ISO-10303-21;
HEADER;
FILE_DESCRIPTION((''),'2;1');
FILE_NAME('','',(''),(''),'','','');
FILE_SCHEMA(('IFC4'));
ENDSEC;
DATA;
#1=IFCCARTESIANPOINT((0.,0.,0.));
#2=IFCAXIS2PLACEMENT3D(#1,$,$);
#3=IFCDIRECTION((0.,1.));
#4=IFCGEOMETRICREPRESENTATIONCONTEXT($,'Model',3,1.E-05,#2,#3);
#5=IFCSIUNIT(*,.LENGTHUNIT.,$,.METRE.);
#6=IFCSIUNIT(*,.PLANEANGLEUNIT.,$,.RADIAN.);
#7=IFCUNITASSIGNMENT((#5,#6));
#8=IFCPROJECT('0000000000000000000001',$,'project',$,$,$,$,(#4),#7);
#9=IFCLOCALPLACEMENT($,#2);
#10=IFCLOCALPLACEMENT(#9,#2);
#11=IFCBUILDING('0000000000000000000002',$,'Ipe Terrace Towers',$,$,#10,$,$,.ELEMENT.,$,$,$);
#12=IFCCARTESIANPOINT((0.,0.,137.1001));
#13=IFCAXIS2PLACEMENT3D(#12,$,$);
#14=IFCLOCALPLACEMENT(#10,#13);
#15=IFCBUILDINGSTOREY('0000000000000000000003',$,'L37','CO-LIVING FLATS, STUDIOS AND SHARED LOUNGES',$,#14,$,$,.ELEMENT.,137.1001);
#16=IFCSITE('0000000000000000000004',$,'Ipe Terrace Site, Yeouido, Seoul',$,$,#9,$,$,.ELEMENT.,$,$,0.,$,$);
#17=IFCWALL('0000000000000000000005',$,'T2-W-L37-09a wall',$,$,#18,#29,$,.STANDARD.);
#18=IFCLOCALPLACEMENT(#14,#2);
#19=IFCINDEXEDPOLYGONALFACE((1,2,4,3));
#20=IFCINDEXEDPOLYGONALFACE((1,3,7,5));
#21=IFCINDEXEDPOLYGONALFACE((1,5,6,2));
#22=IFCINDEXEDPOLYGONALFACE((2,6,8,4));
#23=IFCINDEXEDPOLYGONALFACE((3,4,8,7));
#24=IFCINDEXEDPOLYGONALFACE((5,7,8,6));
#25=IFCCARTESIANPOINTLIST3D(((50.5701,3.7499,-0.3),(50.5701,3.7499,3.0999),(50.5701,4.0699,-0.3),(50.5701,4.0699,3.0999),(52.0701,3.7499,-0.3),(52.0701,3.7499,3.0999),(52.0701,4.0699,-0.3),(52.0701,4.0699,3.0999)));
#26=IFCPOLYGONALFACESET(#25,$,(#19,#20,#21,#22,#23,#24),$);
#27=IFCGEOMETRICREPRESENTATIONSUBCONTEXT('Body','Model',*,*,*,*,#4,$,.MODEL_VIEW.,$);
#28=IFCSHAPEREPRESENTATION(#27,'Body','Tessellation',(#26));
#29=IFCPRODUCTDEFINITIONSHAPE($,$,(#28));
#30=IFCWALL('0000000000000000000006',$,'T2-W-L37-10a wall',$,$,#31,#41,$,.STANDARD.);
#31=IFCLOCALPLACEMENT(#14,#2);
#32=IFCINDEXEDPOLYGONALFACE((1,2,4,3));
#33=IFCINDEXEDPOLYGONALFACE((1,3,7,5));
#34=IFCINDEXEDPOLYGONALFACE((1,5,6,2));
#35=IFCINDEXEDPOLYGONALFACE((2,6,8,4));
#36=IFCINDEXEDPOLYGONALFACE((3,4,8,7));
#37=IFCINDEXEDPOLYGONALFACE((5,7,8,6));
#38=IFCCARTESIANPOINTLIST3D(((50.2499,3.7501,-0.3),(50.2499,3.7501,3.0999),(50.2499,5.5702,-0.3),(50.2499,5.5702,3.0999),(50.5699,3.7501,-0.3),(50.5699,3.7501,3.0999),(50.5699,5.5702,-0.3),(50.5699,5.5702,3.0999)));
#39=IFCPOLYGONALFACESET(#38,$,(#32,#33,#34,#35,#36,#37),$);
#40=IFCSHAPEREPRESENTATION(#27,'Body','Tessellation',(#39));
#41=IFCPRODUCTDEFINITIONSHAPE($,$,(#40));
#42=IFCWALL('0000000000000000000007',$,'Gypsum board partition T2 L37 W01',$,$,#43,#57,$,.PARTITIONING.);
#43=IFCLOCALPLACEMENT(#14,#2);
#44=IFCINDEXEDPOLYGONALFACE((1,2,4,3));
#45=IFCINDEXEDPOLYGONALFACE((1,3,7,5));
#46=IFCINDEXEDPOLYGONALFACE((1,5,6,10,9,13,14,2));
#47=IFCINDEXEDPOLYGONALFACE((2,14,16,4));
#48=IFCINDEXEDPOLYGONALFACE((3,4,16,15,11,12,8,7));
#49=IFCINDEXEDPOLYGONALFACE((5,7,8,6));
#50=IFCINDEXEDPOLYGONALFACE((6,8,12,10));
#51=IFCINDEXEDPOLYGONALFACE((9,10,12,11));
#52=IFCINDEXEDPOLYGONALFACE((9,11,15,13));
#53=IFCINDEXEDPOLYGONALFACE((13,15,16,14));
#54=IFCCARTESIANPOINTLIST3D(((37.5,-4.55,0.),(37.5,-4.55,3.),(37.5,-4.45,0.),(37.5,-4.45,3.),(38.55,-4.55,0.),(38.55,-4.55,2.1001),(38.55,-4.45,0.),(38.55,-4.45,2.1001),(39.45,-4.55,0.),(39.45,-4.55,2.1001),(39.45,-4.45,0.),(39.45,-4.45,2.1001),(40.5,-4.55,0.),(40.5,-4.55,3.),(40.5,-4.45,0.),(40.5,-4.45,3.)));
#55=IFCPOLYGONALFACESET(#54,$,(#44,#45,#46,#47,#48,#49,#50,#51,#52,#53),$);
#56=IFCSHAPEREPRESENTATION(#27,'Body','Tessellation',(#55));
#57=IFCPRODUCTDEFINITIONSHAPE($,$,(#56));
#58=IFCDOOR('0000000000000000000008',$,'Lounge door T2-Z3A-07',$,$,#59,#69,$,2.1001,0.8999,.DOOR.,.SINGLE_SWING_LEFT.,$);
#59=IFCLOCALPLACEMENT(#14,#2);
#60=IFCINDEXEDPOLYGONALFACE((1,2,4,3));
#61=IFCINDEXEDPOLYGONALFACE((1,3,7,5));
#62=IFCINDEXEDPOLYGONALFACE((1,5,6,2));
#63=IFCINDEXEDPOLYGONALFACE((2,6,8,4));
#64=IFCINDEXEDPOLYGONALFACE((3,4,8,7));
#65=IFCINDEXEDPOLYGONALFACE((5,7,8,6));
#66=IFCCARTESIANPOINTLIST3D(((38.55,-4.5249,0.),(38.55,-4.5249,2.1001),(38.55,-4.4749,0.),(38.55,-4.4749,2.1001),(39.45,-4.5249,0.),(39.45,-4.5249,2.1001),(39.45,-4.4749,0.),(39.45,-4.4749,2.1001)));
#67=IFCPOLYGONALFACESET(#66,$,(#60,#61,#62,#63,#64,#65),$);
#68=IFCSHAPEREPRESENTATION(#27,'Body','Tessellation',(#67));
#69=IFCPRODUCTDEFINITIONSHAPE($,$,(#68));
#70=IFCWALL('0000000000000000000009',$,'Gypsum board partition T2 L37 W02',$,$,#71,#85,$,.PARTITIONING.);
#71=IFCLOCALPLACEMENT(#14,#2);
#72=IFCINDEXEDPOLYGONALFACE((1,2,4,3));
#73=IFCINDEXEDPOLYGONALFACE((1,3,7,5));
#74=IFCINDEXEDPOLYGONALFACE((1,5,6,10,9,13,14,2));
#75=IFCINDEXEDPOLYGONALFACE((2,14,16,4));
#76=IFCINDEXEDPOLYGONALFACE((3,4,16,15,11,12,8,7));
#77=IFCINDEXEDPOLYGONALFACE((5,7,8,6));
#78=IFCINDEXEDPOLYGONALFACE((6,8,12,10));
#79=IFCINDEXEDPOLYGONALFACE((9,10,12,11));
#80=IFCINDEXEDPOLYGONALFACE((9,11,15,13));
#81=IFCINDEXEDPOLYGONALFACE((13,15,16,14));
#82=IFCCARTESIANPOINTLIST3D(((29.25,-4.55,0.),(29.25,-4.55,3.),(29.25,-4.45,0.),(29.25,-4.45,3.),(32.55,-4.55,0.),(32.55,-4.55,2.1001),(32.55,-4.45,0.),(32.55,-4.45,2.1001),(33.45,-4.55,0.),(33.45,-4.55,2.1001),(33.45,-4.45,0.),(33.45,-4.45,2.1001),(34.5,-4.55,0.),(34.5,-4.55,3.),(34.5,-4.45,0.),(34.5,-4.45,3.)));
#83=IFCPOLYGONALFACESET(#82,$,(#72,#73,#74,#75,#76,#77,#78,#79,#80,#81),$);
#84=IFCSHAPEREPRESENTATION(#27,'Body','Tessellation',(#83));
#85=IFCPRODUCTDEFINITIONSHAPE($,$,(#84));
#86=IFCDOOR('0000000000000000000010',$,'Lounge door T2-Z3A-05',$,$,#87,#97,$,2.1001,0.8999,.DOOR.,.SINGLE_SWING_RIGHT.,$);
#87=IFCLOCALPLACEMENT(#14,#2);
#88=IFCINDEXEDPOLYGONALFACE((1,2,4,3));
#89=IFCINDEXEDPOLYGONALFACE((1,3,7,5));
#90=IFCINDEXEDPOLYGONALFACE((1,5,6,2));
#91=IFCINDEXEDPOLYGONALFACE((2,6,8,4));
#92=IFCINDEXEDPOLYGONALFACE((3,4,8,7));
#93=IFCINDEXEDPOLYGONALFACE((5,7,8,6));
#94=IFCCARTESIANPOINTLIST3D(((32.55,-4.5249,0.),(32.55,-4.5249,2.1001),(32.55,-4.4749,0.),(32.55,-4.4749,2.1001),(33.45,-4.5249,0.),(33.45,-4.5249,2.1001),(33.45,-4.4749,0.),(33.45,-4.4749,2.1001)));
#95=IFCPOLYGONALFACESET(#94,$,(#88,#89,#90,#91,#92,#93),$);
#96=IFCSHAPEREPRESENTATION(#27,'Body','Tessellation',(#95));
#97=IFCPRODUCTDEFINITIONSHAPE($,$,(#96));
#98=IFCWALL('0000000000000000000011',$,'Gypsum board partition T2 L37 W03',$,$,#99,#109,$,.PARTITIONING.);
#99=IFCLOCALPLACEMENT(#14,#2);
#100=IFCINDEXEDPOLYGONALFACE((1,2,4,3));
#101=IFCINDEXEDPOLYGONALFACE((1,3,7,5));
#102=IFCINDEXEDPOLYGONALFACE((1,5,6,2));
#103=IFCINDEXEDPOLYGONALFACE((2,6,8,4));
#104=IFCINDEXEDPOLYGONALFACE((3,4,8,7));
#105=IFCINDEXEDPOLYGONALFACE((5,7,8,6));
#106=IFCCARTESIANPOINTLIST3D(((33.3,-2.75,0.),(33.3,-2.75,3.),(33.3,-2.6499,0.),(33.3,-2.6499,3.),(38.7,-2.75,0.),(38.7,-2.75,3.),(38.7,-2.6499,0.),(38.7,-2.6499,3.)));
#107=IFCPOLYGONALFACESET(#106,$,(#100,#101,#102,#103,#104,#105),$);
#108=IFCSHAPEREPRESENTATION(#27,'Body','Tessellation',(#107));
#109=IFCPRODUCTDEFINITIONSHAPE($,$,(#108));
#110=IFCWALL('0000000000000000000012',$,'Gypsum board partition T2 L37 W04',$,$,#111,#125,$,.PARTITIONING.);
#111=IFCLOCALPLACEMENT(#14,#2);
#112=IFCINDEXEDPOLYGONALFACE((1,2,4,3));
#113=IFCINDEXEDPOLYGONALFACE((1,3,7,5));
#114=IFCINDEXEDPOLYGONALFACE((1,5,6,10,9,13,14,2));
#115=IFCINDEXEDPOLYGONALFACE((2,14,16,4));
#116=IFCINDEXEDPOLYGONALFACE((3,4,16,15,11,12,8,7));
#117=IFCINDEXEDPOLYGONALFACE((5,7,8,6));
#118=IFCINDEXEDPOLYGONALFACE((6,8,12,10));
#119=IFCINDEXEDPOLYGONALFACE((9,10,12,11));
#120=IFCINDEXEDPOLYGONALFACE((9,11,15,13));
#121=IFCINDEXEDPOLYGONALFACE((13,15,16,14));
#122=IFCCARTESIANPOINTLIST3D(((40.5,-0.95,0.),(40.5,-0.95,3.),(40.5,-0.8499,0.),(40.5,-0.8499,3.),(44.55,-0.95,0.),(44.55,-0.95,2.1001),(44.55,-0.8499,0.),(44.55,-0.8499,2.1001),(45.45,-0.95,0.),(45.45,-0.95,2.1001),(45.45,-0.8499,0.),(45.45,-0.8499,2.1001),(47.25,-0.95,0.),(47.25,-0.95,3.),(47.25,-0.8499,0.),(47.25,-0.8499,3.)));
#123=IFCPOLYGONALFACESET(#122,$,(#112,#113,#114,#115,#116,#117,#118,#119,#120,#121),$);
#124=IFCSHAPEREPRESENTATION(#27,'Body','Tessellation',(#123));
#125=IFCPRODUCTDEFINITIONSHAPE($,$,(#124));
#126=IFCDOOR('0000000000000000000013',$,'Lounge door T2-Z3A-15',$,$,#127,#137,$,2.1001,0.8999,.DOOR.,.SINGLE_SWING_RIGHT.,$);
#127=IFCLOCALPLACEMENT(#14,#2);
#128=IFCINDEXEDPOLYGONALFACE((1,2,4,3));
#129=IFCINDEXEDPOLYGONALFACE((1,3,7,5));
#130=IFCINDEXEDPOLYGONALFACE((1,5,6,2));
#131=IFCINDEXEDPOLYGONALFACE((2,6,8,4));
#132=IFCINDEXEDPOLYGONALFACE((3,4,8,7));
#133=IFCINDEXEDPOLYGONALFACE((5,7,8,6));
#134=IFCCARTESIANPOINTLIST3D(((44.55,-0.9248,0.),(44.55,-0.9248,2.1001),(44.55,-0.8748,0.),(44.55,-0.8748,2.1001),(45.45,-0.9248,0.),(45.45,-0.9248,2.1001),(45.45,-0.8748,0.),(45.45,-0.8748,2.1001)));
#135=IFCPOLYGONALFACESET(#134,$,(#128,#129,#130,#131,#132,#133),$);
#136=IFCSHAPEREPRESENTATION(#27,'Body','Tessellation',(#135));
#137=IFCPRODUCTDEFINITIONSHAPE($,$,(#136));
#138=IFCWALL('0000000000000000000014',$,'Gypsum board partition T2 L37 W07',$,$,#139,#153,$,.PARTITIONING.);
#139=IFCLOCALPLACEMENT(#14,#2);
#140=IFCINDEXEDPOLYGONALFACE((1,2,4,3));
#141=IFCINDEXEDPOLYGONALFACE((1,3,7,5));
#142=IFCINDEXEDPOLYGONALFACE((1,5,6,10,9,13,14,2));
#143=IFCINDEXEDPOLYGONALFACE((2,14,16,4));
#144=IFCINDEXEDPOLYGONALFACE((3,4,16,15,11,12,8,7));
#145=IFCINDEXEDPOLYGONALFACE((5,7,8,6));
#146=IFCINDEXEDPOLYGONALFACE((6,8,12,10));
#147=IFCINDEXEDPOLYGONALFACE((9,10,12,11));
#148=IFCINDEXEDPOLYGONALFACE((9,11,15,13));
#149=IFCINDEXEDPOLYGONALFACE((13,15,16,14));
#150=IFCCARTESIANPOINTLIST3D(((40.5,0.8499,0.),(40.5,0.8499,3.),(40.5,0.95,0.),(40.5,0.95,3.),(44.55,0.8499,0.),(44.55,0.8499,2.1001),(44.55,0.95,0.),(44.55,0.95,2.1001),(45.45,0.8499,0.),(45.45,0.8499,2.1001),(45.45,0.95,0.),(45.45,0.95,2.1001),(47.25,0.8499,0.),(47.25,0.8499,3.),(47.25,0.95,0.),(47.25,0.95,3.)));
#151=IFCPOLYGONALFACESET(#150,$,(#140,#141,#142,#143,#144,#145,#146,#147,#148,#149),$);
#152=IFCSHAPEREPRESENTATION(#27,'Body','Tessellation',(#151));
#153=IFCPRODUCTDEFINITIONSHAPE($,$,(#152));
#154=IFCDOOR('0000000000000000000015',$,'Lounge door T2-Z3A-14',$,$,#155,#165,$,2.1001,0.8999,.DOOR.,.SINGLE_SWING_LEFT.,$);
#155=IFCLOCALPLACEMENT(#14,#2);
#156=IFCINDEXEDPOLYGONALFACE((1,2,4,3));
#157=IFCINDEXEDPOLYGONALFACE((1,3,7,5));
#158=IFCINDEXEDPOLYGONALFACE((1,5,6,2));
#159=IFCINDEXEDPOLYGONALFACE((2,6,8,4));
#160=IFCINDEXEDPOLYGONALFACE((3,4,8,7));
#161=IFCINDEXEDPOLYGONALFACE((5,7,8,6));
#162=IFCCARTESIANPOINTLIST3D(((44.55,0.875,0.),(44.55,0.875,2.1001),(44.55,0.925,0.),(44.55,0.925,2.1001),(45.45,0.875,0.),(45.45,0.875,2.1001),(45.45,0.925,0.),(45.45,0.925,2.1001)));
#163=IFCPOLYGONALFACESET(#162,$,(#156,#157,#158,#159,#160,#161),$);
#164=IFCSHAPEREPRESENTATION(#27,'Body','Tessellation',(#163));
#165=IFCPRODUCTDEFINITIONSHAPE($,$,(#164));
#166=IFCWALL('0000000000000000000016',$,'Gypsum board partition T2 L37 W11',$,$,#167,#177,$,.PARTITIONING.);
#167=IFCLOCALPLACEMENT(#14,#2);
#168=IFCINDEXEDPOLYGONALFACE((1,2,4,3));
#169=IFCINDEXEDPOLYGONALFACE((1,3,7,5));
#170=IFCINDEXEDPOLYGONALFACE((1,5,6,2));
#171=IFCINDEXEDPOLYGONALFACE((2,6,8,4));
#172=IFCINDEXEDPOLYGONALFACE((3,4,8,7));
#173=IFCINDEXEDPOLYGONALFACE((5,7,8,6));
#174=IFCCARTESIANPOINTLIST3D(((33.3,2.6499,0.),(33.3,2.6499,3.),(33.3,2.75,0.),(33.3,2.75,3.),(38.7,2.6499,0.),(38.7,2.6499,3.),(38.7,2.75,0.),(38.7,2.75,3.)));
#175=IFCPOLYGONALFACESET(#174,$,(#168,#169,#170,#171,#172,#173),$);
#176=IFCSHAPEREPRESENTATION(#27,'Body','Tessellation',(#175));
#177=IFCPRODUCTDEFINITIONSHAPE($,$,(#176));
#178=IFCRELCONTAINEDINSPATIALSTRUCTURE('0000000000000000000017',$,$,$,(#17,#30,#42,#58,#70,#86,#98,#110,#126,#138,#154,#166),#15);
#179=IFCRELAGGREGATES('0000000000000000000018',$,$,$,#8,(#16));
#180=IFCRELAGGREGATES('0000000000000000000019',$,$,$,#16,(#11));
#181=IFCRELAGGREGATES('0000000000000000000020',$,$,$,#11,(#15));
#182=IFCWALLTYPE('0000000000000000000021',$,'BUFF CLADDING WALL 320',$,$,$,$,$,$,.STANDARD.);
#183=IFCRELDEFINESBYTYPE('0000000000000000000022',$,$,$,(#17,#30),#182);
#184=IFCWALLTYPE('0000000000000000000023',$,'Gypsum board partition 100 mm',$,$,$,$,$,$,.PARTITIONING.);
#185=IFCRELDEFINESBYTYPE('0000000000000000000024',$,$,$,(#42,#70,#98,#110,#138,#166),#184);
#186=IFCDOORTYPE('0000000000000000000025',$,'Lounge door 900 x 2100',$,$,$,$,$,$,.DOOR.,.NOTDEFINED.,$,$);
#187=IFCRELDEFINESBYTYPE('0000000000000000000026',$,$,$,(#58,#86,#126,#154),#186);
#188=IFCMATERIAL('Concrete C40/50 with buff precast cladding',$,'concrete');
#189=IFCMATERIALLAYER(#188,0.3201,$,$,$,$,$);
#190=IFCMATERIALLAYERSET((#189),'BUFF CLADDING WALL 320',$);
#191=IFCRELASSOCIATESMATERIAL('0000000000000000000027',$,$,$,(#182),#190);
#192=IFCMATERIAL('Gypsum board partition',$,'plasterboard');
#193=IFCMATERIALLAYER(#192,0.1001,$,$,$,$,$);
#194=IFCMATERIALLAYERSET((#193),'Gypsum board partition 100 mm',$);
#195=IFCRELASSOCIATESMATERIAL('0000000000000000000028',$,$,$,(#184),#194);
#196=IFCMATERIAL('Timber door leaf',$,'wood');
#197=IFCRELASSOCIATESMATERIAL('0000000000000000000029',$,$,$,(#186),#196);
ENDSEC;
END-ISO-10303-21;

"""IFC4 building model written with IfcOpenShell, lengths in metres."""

from ifc_helpers import new_model, si_unit, direction, frame, frame_2d, origin, place, context, subcontext, project, spatial, rectangle, extrude, material, layer, layer_set, type_object, element, fill, save


model = new_model("IFC4")

# Units and contexts
model_context = context("Model", 3, precision=1e-05, world=origin(), true_north=direction((0.0, 1.0)))
body_context = subcontext(model_context, "Body", "Model", "MODEL_VIEW")
ifc_project = project(units=[si_unit("LENGTHUNIT", "METRE"), si_unit("PLANEANGLEUNIT", "RADIAN")], contexts=[model_context])

# Site, building, storey
site_placement = place(None, origin())
site = spatial("IfcSite", under=ifc_project, at=site_placement, Name="Ipe Terrace Site, Yeouido, Seoul", CompositionType="ELEMENT", RefElevation=0.0)
building_placement = place(site_placement, origin())
building = spatial("IfcBuilding", under=site, at=building_placement, Name="Ipe Terrace Towers", CompositionType="ELEMENT")
storey_placement = place(building_placement, frame((0.0, 0.0, 137.1001)))
storey = spatial("IfcBuildingStorey", under=building, at=storey_placement, Name="L37", Description="CO-LIVING FLATS, STUDIOS AND SHARED LOUNGES", CompositionType="ELEMENT", Elevation=137.1001)

# Walls
ifc_material_1 = material(Name="Concrete C40/50 with buff precast cladding", Category="concrete")
ifc_layer_1 = layer(ifc_material_1, 0.3201)
ifc_layer_set_1 = layer_set([ifc_layer_1], Name="BUFF CLADDING WALL 320")
wall_type_1 = type_object("IfcWallType", Name="BUFF CLADDING WALL 320", PredefinedType="STANDARD", material=ifc_layer_set_1)
wall_1_placement = place(storey_placement, frame((52.0701, 3.9099, -0.3), z_axis=(0.0, 0.0, 1.0), x_axis=(-1.0, 0.0, 0.0)))
element("IfcWall", 1, at=wall_1_placement, inside=storey, type_object=wall_type_1, Name="T2-W-L37-09a wall", PredefinedType="STANDARD", context=body_context, shape_type="SweptSolid", body=[
    extrude(rectangle(XDim=1.5, YDim=0.3201, at=frame_2d((0.75, 0.0))), origin(), (0.0, 0.0, 1.0), 3.3999),
])
wall_2_placement = place(storey_placement, frame((50.4099, 3.75, -0.3), z_axis=(0.0, 0.0, 1.0), x_axis=(0.0, 1.0, 0.0)))
element("IfcWall", 2, at=wall_2_placement, inside=storey, type_object=wall_type_1, Name="T2-W-L37-10a wall", PredefinedType="STANDARD", context=body_context, shape_type="SweptSolid", body=[
    extrude(rectangle(XDim=1.8201, YDim=0.3201, at=frame_2d((0.9102, 0.0))), origin(), (0.0, 0.0, 1.0), 3.3999),
])

# Walls, openings, doors
ifc_material_2 = material(Name="Gypsum board partition", Category="plasterboard")
ifc_layer_2 = layer(ifc_material_2, 0.1001)
ifc_layer_set_2 = layer_set([ifc_layer_2], Name="Gypsum board partition 100 mm")
wall_type_2 = type_object("IfcWallType", Name="Gypsum board partition 100 mm", PredefinedType="PARTITIONING", material=ifc_layer_set_2)
wall_3_placement = place(storey_placement, frame((40.5, -4.5, 0.0), z_axis=(0.0, 0.0, 1.0), x_axis=(-1.0, 0.0, 0.0)))
wall_3 = element("IfcWall", 3, at=wall_3_placement, inside=storey, type_object=wall_type_2, Name="Gypsum board partition T2 L37 W01", PredefinedType="PARTITIONING", context=body_context, shape_type="SweptSolid", body=[
    extrude(rectangle(XDim=3.0, YDim=0.1001, at=frame_2d((1.5, 0.0))), origin(), (0.0, 0.0, 1.0), 3.0),
])
opening_1_placement = place(wall_3_placement, frame((1.05, 0.0, 0.0)))
opening_1 = element("IfcOpeningElement", 4, at=opening_1_placement, cuts=wall_3, PredefinedType="OPENING", context=body_context, shape_type="SweptSolid", body=[
    extrude(rectangle(XDim=0.8999, YDim=2.1001, at=frame_2d((0.45, 1.05))), frame((0.0, 0.0601, 0.0), z_axis=(0.0, -1.0, 0.0), x_axis=(1.0, 0.0, 0.0)), (0.0, 0.0, 1.0), 0.1201),
])
ifc_material_3 = material(Name="Timber door leaf", Category="wood")
door_type = type_object("IfcDoorType", Name="Lounge door 900 x 2100", OperationType="NOTDEFINED", PredefinedType="DOOR", material=ifc_material_3)
door_1_placement = place(opening_1_placement, origin())
door_1 = element("IfcDoor", 5, at=door_1_placement, inside=storey, type_object=door_type, Name="Lounge door T2-Z3A-07", OperationType="SINGLE_SWING_LEFT", OverallHeight=2.1001, OverallWidth=0.8999, PredefinedType="DOOR", context=body_context, shape_type="SweptSolid", body=[
    extrude(rectangle(XDim=0.8999, YDim=2.1001, at=frame_2d((0.45, 1.05))), frame((0.0, 0.0249, 0.0), z_axis=(0.0, -1.0, 0.0), x_axis=(1.0, 0.0, 0.0)), (0.0, 0.0, 1.0), 0.05),
])
fill(opening_1, door_1)
wall_4_placement = place(storey_placement, frame((34.5, -4.5, 0.0), z_axis=(0.0, 0.0, 1.0), x_axis=(-1.0, 0.0, 0.0)))
wall_4 = element("IfcWall", 6, at=wall_4_placement, inside=storey, type_object=wall_type_2, Name="Gypsum board partition T2 L37 W02", PredefinedType="PARTITIONING", context=body_context, shape_type="SweptSolid", body=[
    extrude(rectangle(XDim=5.25, YDim=0.1001, at=frame_2d((2.625, 0.0))), origin(), (0.0, 0.0, 1.0), 3.0),
])
opening_2_placement = place(wall_4_placement, frame((1.05, 0.0, 0.0)))
opening_2 = element("IfcOpeningElement", 7, at=opening_2_placement, cuts=wall_4, PredefinedType="OPENING", context=body_context, shape_type="SweptSolid", body=[
    extrude(rectangle(XDim=0.8999, YDim=2.1001, at=frame_2d((0.45, 1.05))), frame((0.0, 0.0601, 0.0), z_axis=(0.0, -1.0, 0.0), x_axis=(1.0, 0.0, 0.0)), (0.0, 0.0, 1.0), 0.1201),
])
door_2_placement = place(opening_2_placement, origin())
door_2 = element("IfcDoor", 8, at=door_2_placement, inside=storey, type_object=door_type, Name="Lounge door T2-Z3A-05", OperationType="SINGLE_SWING_RIGHT", OverallHeight=2.1001, OverallWidth=0.8999, PredefinedType="DOOR", context=body_context, shape_type="SweptSolid", body=[
    extrude(rectangle(XDim=0.8999, YDim=2.1001, at=frame_2d((0.45, 1.05))), frame((0.0, 0.0249, 0.0), z_axis=(0.0, -1.0, 0.0), x_axis=(1.0, 0.0, 0.0)), (0.0, 0.0, 1.0), 0.05),
])
fill(opening_2, door_2)

# Wall
wall_5_placement = place(storey_placement, frame((38.7, -2.7, 0.0), z_axis=(0.0, 0.0, 1.0), x_axis=(-1.0, 0.0, 0.0)))
element("IfcWall", 9, at=wall_5_placement, inside=storey, type_object=wall_type_2, Name="Gypsum board partition T2 L37 W03", PredefinedType="PARTITIONING", context=body_context, shape_type="SweptSolid", body=[
    extrude(rectangle(XDim=5.3999, YDim=0.1001, at=frame_2d((2.7, 0.0))), origin(), (0.0, 0.0, 1.0), 3.0),
])

# Walls, openings, doors
wall_6_placement = place(storey_placement, frame((47.25, -0.8999, 0.0), z_axis=(0.0, 0.0, 1.0), x_axis=(-1.0, 0.0, 0.0)))
wall_6 = element("IfcWall", 10, at=wall_6_placement, inside=storey, type_object=wall_type_2, Name="Gypsum board partition T2 L37 W04", PredefinedType="PARTITIONING", context=body_context, shape_type="SweptSolid", body=[
    extrude(rectangle(XDim=6.75, YDim=0.1001, at=frame_2d((3.375, 0.0))), origin(), (0.0, 0.0, 1.0), 3.0),
])
opening_3_placement = place(wall_6_placement, frame((1.8, 0.0, 0.0)))
opening_3 = element("IfcOpeningElement", 11, at=opening_3_placement, cuts=wall_6, PredefinedType="OPENING", context=body_context, shape_type="SweptSolid", body=[
    extrude(rectangle(XDim=0.8999, YDim=2.1001, at=frame_2d((0.45, 1.05))), frame((0.0, 0.0601, 0.0), z_axis=(0.0, -1.0, 0.0), x_axis=(1.0, 0.0, 0.0)), (0.0, 0.0, 1.0), 0.1201),
])
door_3_placement = place(opening_3_placement, origin())
door_3 = element("IfcDoor", 12, at=door_3_placement, inside=storey, type_object=door_type, Name="Lounge door T2-Z3A-15", OperationType="SINGLE_SWING_RIGHT", OverallHeight=2.1001, OverallWidth=0.8999, PredefinedType="DOOR", context=body_context, shape_type="SweptSolid", body=[
    extrude(rectangle(XDim=0.8999, YDim=2.1001, at=frame_2d((0.45, 1.05))), frame((0.0, 0.0249, 0.0), z_axis=(0.0, -1.0, 0.0), x_axis=(1.0, 0.0, 0.0)), (0.0, 0.0, 1.0), 0.05),
])
fill(opening_3, door_3)
wall_7_placement = place(storey_placement, frame((47.25, 0.8999, 0.0), z_axis=(0.0, 0.0, 1.0), x_axis=(-1.0, 0.0, 0.0)))
wall_7 = element("IfcWall", 13, at=wall_7_placement, inside=storey, type_object=wall_type_2, Name="Gypsum board partition T2 L37 W07", PredefinedType="PARTITIONING", context=body_context, shape_type="SweptSolid", body=[
    extrude(rectangle(XDim=6.75, YDim=0.1001, at=frame_2d((3.375, 0.0))), origin(), (0.0, 0.0, 1.0), 3.0),
])
opening_4_placement = place(wall_7_placement, frame((1.8, 0.0, 0.0)))
opening_4 = element("IfcOpeningElement", 14, at=opening_4_placement, cuts=wall_7, PredefinedType="OPENING", context=body_context, shape_type="SweptSolid", body=[
    extrude(rectangle(XDim=0.8999, YDim=2.1001, at=frame_2d((0.45, 1.05))), frame((0.0, 0.0601, 0.0), z_axis=(0.0, -1.0, 0.0), x_axis=(1.0, 0.0, 0.0)), (0.0, 0.0, 1.0), 0.1201),
])
door_4_placement = place(opening_4_placement, origin())
door_4 = element("IfcDoor", 15, at=door_4_placement, inside=storey, type_object=door_type, Name="Lounge door T2-Z3A-14", OperationType="SINGLE_SWING_LEFT", OverallHeight=2.1001, OverallWidth=0.8999, PredefinedType="DOOR", context=body_context, shape_type="SweptSolid", body=[
    extrude(rectangle(XDim=0.8999, YDim=2.1001, at=frame_2d((0.45, 1.05))), frame((0.0, 0.0249, 0.0), z_axis=(0.0, -1.0, 0.0), x_axis=(1.0, 0.0, 0.0)), (0.0, 0.0, 1.0), 0.05),
])
fill(opening_4, door_4)

# Wall
wall_8_placement = place(storey_placement, frame((38.7, 2.7, 0.0), z_axis=(0.0, 0.0, 1.0), x_axis=(-1.0, 0.0, 0.0)))
element("IfcWall", 16, at=wall_8_placement, inside=storey, type_object=wall_type_2, Name="Gypsum board partition T2 L37 W11", PredefinedType="PARTITIONING", context=body_context, shape_type="SweptSolid", body=[
    extrude(rectangle(XDim=5.3999, YDim=0.1001, at=frame_2d((2.7, 0.0))), origin(), (0.0, 0.0, 1.0), 3.0),
])

save(model, "model.ifc")
